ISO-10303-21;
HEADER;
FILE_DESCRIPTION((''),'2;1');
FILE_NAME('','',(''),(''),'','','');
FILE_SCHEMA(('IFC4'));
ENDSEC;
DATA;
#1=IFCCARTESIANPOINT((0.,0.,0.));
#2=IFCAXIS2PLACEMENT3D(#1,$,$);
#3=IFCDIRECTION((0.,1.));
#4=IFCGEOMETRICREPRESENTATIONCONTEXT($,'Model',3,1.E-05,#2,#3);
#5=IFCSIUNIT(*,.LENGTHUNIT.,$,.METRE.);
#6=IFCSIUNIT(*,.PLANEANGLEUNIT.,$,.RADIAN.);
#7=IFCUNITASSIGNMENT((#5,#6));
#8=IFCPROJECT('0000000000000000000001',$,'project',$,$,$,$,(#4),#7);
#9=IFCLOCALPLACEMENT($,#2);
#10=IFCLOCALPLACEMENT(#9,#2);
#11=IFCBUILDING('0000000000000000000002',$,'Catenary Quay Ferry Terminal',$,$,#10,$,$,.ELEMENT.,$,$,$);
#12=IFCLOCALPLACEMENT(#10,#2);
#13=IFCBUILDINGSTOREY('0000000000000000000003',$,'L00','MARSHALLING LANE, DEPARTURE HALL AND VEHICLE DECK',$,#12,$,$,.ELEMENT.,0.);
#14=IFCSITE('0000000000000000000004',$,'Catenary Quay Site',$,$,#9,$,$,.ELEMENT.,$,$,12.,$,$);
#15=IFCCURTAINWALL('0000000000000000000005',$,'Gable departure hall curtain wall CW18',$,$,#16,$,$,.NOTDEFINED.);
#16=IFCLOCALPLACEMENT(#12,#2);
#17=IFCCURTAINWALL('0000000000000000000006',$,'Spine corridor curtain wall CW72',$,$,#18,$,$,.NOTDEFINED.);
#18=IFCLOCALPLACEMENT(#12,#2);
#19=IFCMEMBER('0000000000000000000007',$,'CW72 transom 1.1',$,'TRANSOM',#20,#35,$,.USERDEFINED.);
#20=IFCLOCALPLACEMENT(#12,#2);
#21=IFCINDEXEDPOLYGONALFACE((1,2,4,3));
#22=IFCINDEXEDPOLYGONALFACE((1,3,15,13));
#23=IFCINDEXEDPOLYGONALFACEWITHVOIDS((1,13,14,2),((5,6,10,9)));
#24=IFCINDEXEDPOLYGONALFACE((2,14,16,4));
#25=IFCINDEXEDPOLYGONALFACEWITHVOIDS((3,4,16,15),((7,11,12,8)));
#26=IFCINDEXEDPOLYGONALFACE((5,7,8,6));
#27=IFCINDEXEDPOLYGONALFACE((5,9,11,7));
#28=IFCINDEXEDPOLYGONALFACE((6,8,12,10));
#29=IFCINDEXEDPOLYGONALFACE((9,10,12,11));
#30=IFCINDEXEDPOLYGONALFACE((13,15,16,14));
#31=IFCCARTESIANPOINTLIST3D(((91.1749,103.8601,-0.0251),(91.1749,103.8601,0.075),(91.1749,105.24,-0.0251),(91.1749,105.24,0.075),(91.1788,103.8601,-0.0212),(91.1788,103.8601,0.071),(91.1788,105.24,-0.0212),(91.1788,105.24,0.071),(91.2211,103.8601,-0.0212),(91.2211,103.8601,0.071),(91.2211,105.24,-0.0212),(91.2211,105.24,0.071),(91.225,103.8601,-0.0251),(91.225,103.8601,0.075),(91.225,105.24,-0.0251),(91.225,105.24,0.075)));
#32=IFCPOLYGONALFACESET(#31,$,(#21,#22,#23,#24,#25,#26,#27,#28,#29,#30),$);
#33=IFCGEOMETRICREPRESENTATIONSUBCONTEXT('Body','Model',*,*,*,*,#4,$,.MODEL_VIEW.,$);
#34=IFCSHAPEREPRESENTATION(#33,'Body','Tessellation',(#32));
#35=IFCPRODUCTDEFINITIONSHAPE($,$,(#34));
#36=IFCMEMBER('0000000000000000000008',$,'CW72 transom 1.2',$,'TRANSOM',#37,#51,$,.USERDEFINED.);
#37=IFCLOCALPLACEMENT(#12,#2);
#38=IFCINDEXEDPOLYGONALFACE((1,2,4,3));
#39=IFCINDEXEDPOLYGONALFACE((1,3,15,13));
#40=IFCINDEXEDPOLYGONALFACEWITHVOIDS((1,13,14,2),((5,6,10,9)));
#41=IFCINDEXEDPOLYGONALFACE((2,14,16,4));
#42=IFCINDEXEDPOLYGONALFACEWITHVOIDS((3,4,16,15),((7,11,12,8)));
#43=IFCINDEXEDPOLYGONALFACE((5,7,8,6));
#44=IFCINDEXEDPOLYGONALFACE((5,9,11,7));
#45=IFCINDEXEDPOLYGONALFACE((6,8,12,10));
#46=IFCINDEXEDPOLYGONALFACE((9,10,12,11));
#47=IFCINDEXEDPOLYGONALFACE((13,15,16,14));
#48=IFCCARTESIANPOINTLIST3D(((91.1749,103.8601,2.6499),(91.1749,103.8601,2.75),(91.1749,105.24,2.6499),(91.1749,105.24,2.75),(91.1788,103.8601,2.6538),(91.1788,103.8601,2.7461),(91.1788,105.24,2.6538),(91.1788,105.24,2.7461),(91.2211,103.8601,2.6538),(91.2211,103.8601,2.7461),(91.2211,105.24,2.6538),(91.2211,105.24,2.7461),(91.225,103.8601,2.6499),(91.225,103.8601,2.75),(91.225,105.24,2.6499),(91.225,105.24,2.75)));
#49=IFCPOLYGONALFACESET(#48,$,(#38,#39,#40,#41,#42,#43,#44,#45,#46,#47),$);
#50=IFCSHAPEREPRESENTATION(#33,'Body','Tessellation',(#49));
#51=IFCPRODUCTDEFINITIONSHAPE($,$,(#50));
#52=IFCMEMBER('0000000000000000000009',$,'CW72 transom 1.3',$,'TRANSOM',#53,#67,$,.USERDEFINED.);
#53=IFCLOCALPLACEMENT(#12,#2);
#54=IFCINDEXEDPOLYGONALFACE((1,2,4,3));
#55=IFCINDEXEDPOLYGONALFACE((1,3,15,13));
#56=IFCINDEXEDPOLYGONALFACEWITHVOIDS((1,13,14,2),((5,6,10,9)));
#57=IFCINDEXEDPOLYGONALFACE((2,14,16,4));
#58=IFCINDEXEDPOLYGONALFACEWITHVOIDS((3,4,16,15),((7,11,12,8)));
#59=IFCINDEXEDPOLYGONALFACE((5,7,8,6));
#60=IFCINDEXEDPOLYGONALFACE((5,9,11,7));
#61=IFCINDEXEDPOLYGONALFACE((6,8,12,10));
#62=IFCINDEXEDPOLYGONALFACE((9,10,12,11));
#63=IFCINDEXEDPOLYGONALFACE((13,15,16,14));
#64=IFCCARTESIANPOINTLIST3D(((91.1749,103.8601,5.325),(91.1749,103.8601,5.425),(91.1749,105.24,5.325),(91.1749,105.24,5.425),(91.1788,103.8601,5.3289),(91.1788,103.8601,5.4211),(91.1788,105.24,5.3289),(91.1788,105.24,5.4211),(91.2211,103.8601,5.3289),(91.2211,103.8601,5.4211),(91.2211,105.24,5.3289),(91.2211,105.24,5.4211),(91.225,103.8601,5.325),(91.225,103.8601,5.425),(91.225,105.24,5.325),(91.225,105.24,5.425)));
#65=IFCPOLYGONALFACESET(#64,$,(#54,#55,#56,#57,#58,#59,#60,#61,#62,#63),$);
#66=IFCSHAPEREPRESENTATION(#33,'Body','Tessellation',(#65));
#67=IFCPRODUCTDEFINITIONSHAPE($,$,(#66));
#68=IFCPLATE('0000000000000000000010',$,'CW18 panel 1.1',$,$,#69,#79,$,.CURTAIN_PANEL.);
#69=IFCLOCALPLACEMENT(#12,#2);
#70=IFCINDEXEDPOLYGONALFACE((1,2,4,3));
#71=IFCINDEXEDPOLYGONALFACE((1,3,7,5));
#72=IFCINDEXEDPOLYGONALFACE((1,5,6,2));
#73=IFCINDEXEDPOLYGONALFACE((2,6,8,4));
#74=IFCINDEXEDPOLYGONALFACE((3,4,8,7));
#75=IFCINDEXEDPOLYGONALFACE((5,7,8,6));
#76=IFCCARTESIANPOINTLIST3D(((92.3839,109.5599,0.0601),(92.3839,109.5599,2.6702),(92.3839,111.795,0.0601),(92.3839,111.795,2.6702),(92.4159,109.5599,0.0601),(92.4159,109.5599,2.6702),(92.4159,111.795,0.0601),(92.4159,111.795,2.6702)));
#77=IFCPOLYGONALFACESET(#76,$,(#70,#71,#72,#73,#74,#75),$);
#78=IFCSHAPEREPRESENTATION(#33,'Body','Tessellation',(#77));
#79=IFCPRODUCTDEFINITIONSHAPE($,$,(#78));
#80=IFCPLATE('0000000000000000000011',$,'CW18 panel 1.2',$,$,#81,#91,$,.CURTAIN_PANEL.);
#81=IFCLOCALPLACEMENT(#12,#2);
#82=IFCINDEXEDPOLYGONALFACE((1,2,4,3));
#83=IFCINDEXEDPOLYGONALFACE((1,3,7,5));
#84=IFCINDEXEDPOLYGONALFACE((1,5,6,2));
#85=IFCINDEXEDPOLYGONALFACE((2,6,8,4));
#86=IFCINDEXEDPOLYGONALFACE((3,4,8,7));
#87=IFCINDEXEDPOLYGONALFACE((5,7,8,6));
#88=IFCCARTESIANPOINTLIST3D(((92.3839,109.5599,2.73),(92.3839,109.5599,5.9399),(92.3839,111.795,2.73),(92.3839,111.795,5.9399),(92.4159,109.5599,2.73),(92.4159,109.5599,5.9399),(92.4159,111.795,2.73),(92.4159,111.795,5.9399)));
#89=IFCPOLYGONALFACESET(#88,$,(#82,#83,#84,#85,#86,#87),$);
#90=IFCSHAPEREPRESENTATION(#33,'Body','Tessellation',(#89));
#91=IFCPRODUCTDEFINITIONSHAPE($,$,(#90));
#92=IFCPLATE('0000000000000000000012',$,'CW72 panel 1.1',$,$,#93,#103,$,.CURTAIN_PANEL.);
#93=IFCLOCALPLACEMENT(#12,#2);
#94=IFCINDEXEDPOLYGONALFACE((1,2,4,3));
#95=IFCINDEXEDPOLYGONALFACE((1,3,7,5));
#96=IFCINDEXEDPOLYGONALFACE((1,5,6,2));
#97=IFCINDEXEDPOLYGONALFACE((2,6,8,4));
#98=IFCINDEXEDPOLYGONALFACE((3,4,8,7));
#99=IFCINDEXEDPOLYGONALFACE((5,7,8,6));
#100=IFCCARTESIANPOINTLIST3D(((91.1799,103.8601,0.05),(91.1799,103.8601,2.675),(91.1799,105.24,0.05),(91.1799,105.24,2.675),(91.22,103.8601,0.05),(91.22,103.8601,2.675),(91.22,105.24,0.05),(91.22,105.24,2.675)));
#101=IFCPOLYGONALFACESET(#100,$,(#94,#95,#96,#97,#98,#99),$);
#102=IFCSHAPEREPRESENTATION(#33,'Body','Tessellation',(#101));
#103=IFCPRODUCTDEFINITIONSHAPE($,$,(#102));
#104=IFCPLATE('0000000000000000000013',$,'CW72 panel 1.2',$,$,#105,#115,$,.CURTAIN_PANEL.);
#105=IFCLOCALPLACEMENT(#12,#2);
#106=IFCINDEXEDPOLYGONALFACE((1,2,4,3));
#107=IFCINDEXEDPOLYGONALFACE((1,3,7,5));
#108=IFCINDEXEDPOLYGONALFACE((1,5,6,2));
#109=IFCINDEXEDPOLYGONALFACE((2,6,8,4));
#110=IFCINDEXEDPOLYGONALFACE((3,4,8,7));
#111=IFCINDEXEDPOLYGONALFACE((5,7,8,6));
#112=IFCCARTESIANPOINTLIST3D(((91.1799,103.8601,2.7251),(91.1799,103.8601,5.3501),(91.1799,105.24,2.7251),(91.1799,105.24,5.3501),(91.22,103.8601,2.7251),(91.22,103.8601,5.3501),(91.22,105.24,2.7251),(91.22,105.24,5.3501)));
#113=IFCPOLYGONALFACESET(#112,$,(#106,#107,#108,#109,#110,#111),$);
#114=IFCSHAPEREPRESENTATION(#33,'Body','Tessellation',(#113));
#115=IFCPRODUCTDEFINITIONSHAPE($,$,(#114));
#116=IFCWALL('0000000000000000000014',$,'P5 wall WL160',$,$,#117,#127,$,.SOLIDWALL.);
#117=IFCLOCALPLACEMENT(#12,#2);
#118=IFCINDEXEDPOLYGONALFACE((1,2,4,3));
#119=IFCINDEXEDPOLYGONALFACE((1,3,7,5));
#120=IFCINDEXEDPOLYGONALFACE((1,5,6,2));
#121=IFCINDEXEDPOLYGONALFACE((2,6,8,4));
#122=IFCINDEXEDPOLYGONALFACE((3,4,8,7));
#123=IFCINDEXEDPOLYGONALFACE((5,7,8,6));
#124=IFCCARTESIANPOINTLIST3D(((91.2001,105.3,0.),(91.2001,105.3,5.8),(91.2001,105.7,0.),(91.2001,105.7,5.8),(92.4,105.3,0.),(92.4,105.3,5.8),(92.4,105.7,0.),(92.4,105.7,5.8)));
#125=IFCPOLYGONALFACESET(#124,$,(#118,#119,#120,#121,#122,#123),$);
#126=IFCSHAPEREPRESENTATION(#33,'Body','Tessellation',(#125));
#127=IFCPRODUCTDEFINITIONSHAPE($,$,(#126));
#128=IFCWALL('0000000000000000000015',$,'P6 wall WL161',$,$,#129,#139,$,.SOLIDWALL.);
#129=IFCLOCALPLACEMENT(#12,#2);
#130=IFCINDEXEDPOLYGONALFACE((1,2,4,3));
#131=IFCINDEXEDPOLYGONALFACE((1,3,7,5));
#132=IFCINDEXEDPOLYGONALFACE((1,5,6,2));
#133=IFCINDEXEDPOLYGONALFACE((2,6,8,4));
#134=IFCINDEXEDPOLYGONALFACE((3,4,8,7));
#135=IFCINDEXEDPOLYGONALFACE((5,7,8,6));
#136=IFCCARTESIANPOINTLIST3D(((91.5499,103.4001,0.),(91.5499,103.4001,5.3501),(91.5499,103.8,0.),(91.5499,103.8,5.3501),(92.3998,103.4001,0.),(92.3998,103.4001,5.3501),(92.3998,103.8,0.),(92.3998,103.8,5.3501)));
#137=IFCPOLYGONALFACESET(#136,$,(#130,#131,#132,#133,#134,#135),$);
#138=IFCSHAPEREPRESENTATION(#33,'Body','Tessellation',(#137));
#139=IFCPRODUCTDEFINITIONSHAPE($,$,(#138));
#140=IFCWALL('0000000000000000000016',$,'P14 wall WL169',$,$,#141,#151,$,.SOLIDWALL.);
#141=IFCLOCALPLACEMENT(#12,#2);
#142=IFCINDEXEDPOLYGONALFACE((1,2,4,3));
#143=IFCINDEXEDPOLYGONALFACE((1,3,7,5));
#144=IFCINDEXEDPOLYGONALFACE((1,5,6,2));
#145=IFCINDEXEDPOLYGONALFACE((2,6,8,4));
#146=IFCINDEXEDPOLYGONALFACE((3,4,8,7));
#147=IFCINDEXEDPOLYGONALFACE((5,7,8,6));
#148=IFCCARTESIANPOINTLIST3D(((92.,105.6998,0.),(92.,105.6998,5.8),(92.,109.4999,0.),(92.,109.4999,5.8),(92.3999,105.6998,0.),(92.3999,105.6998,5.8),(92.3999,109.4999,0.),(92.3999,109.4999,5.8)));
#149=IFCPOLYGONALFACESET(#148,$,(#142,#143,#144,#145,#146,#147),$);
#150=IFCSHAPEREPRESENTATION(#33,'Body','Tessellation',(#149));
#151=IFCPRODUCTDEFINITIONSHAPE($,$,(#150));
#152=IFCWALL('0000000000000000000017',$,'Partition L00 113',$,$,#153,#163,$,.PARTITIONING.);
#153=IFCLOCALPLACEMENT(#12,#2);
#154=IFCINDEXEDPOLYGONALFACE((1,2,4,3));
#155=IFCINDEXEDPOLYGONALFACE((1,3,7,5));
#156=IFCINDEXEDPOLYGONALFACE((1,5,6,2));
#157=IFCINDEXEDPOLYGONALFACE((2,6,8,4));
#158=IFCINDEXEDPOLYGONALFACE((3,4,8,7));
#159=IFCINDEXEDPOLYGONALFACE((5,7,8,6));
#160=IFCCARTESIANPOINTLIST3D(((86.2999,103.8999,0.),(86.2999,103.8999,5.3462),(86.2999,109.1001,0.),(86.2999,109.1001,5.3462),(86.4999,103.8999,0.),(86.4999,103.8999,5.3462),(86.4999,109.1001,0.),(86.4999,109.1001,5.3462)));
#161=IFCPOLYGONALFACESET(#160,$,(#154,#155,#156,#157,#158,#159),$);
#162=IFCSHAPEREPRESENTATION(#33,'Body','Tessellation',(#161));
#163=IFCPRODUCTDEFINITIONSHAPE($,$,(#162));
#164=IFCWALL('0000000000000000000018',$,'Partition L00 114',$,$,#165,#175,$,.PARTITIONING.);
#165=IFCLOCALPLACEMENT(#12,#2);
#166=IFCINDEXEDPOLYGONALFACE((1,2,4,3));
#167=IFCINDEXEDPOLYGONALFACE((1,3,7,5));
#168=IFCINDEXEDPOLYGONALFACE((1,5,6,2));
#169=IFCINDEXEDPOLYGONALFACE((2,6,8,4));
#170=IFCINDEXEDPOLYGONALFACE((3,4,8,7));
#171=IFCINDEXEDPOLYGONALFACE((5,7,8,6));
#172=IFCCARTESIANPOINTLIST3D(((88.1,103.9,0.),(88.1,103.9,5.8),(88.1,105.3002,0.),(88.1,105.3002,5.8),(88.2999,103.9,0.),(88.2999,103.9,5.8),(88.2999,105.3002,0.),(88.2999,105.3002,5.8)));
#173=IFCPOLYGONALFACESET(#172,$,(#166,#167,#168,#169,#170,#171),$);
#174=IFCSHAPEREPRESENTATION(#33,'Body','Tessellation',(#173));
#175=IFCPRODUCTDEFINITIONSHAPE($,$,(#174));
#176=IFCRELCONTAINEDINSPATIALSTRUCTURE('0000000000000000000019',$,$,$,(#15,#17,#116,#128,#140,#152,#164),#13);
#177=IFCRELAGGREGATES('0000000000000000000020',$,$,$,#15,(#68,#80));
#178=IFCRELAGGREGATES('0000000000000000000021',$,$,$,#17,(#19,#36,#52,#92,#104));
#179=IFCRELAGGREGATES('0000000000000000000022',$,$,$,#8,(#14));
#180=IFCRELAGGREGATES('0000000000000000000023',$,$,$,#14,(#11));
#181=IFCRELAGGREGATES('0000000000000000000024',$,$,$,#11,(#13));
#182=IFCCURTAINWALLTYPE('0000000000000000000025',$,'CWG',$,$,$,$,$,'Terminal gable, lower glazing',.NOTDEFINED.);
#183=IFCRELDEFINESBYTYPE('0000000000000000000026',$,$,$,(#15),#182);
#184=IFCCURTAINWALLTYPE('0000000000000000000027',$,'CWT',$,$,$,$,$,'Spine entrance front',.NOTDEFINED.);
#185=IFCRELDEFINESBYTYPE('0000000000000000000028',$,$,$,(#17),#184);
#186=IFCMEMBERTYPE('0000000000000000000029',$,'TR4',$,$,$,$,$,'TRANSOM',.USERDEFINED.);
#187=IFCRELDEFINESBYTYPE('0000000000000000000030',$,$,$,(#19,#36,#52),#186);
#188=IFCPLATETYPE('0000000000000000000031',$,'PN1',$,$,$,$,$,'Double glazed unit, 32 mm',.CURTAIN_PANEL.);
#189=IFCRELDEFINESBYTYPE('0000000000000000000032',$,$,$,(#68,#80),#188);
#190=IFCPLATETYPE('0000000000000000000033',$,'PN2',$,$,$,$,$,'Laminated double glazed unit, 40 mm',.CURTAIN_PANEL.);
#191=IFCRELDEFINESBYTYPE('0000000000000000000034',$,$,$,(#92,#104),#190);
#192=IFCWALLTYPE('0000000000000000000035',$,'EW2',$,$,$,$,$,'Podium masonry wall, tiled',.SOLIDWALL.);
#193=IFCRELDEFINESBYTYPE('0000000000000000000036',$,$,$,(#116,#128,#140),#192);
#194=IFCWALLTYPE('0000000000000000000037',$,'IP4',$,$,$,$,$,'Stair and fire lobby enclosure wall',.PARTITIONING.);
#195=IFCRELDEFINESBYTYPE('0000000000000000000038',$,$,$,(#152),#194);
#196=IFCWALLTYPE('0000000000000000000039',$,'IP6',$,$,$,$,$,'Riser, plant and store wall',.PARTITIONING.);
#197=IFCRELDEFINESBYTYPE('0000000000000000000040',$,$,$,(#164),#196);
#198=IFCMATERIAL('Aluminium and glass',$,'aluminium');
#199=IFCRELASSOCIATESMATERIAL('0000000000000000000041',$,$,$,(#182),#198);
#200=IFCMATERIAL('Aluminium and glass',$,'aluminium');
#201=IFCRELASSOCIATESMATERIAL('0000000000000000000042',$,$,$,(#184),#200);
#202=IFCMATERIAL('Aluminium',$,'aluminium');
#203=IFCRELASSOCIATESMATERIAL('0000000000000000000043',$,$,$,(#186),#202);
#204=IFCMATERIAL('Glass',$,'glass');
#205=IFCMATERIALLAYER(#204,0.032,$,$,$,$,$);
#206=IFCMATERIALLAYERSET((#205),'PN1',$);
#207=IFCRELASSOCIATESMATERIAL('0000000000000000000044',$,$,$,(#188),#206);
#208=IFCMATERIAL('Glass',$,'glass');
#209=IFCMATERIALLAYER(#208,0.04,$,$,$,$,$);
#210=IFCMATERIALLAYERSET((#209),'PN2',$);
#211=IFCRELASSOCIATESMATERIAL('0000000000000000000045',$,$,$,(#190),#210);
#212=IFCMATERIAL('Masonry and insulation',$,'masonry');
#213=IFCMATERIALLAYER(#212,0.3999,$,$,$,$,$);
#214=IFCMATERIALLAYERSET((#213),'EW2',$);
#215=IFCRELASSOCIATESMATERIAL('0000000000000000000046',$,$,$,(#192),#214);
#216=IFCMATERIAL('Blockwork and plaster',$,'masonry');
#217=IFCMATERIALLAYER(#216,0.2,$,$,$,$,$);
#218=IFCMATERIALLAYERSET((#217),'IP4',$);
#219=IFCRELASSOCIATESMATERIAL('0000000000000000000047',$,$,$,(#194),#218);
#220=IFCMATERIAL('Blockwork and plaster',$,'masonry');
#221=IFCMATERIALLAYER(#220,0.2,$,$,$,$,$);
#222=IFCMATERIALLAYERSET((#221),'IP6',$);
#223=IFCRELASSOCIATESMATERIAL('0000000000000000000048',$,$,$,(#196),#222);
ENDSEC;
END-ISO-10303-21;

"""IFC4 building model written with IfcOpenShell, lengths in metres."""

from ifc_helpers import new_model, si_unit, direction, frame, frame_2d, origin, origin_2d, place, context, subcontext, project, spatial, rectangle, hollow_rectangle, extrude, material, layer, layer_set, material_profile, profile_set, type_object, element, aggregate, save


model = new_model("IFC4")

# Units and contexts
model_context = context("Model", 3, precision=1e-05, world=origin(), true_north=direction((0.0, 1.0)))
body_context = subcontext(model_context, "Body", "Model", "MODEL_VIEW")
ifc_project = project(units=[si_unit("LENGTHUNIT", "METRE"), si_unit("PLANEANGLEUNIT", "RADIAN")], contexts=[model_context])

# Site, building, storey
site_placement = place(None, origin())
site = spatial("IfcSite", under=ifc_project, at=site_placement, Name="Catenary Quay Site", CompositionType="ELEMENT", RefElevation=12.0)
building_placement = place(site_placement, origin())
building = spatial("IfcBuilding", under=site, at=building_placement, Name="Catenary Quay Ferry Terminal", CompositionType="ELEMENT")
storey_placement = place(building_placement, origin())
storey = spatial("IfcBuildingStorey", under=building, at=storey_placement, Name="L00", Description="MARSHALLING LANE, DEPARTURE HALL AND VEHICLE DECK", CompositionType="ELEMENT", Elevation=0.0)

# Curtain wall
ifc_material_1 = material(Name="Aluminium and glass", Category="aluminium")
curtain_wall_type_1 = type_object("IfcCurtainWallType", Name="CWG", ElementType="Terminal gable, lower glazing", PredefinedType="NOTDEFINED", material=ifc_material_1)
curtain_wall_1_placement = place(storey_placement, origin())
curtain_wall_1 = element("IfcCurtainWall", 1, at=curtain_wall_1_placement, inside=storey, type_object=curtain_wall_type_1, Name="Gable departure hall curtain wall CW18", PredefinedType="NOTDEFINED")

# Curtain wall
ifc_material_2 = material(Name="Aluminium and glass", Category="aluminium")
curtain_wall_type_2 = type_object("IfcCurtainWallType", Name="CWT", ElementType="Spine entrance front", PredefinedType="NOTDEFINED", material=ifc_material_2)
curtain_wall_2_placement = place(storey_placement, origin())
curtain_wall_2 = element("IfcCurtainWall", 2, at=curtain_wall_2_placement, inside=storey, type_object=curtain_wall_type_2, Name="Spine corridor curtain wall CW72", PredefinedType="NOTDEFINED")

# Members
ifc_material_3 = material(Name="Aluminium", Category="aluminium")
ifc_material_profile_1 = material_profile(ifc_material_3, hollow_rectangle(XDim=0.05, YDim=0.1001, WallThickness=0.0039, at=origin_2d()), Name="TR4")
ifc_profile_set_1 = profile_set([ifc_material_profile_1], Name="Aluminium")
member_type_1 = type_object("IfcMemberType", Name="TR4", ElementType="TRANSOM", PredefinedType="USERDEFINED", material=ifc_profile_set_1)
member_1_placement = place(storey_placement, frame((91.2, 103.8601, 0.0249), z_axis=(0.0, 1.0, 0.0), x_axis=(-1.0, 0.0, 0.0)))
member_1 = element("IfcMember", 3, at=member_1_placement, type_object=member_type_1, Name="CW72 transom 1.1", ObjectType="TRANSOM", PredefinedType="USERDEFINED", context=body_context, shape_type="SweptSolid", body=[
    extrude(hollow_rectangle(XDim=0.05, YDim=0.1001, WallThickness=0.0039, at=origin_2d()), origin(), (0.0, 0.0, 1.0), 1.3799),
])
member_2_placement = place(storey_placement, frame((91.2, 103.8601, 2.7), z_axis=(0.0, 1.0, 0.0), x_axis=(-1.0, 0.0, 0.0)))
member_2 = element("IfcMember", 4, at=member_2_placement, type_object=member_type_1, Name="CW72 transom 1.2", ObjectType="TRANSOM", PredefinedType="USERDEFINED", context=body_context, shape_type="SweptSolid", body=[
    extrude(hollow_rectangle(XDim=0.05, YDim=0.1001, WallThickness=0.0039, at=origin_2d()), origin(), (0.0, 0.0, 1.0), 1.3799),
])
member_3_placement = place(storey_placement, frame((91.2, 103.8601, 5.375), z_axis=(0.0, 1.0, 0.0), x_axis=(-1.0, 0.0, 0.0)))
member_3 = element("IfcMember", 5, at=member_3_placement, type_object=member_type_1, Name="CW72 transom 1.3", ObjectType="TRANSOM", PredefinedType="USERDEFINED", context=body_context, shape_type="SweptSolid", body=[
    extrude(hollow_rectangle(XDim=0.05, YDim=0.1001, WallThickness=0.0039, at=origin_2d()), origin(), (0.0, 0.0, 1.0), 1.3799),
])

# Plates
ifc_material_4 = material(Name="Glass", Category="glass")
ifc_layer_1 = layer(ifc_material_4, 0.032)
ifc_layer_set_1 = layer_set([ifc_layer_1], Name="PN1")
plate_type_1 = type_object("IfcPlateType", Name="PN1", ElementType="Double glazed unit, 32 mm", PredefinedType="CURTAIN_PANEL", material=ifc_layer_set_1)
plate_1_placement = place(storey_placement, frame((92.3999, 110.6775, 0.0601), z_axis=(0.0, 0.0, 1.0), x_axis=(0.0, 1.0, 0.0)))
plate_1 = element("IfcPlate", 6, at=plate_1_placement, type_object=plate_type_1, Name="CW18 panel 1.1", PredefinedType="CURTAIN_PANEL", context=body_context, shape_type="SweptSolid", body=[
    extrude(rectangle(XDim=2.2351, YDim=0.032, at=origin_2d()), origin(), (0.0, 0.0, 1.0), 2.6101),
])
plate_2_placement = place(storey_placement, frame((92.3999, 110.6775, 2.73), z_axis=(0.0, 0.0, 1.0), x_axis=(0.0, 1.0, 0.0)))
plate_2 = element("IfcPlate", 7, at=plate_2_placement, type_object=plate_type_1, Name="CW18 panel 1.2", PredefinedType="CURTAIN_PANEL", context=body_context, shape_type="SweptSolid", body=[
    extrude(rectangle(XDim=2.2351, YDim=0.032, at=origin_2d()), origin(), (0.0, 0.0, 1.0), 3.21),
])
aggregate(curtain_wall_1, [plate_1, plate_2])
ifc_material_5 = material(Name="Glass", Category="glass")
ifc_layer_2 = layer(ifc_material_5, 0.04)
ifc_layer_set_2 = layer_set([ifc_layer_2], Name="PN2")
plate_type_2 = type_object("IfcPlateType", Name="PN2", ElementType="Laminated double glazed unit, 40 mm", PredefinedType="CURTAIN_PANEL", material=ifc_layer_set_2)
plate_3_placement = place(storey_placement, frame((91.2, 104.55, 0.05), z_axis=(0.0, 0.0, 1.0), x_axis=(0.0, 1.0, 0.0)))
plate_3 = element("IfcPlate", 8, at=plate_3_placement, type_object=plate_type_2, Name="CW72 panel 1.1", PredefinedType="CURTAIN_PANEL", context=body_context, shape_type="SweptSolid", body=[
    extrude(rectangle(XDim=1.3799, YDim=0.04, at=origin_2d()), origin(), (0.0, 0.0, 1.0), 2.625),
])
plate_4_placement = place(storey_placement, frame((91.2, 104.55, 2.7251), z_axis=(0.0, 0.0, 1.0), x_axis=(0.0, 1.0, 0.0)))
plate_4 = element("IfcPlate", 9, at=plate_4_placement, type_object=plate_type_2, Name="CW72 panel 1.2", PredefinedType="CURTAIN_PANEL", context=body_context, shape_type="SweptSolid", body=[
    extrude(rectangle(XDim=1.3799, YDim=0.04, at=origin_2d()), origin(), (0.0, 0.0, 1.0), 2.625),
])
aggregate(curtain_wall_2, [member_1, member_2, member_3, plate_3, plate_4])

# Walls
ifc_material_6 = material(Name="Masonry and insulation", Category="masonry")
ifc_layer_3 = layer(ifc_material_6, 0.3999)
ifc_layer_set_3 = layer_set([ifc_layer_3], Name="EW2")
wall_type_1 = type_object("IfcWallType", Name="EW2", ElementType="Podium masonry wall, tiled", PredefinedType="SOLIDWALL", material=ifc_layer_set_3)
wall_1_placement = place(storey_placement, frame((91.2, 105.5, 0.0), z_axis=(0.0, 0.0, 1.0), x_axis=(1.0, 0.0, 0.0)))
element("IfcWall", 10, at=wall_1_placement, inside=storey, type_object=wall_type_1, Name="P5 wall WL160", PredefinedType="SOLIDWALL", context=body_context, shape_type="SweptSolid", body=[
    extrude(rectangle(XDim=1.2, YDim=0.3999, at=frame_2d((0.6001, 0.0))), origin(), (0.0, 0.0, 1.0), 5.8),
])
wall_2_placement = place(storey_placement, frame((91.55, 103.6001, 0.0), z_axis=(0.0, 0.0, 1.0), x_axis=(1.0, 0.0, 0.0)))
element("IfcWall", 11, at=wall_2_placement, inside=storey, type_object=wall_type_1, Name="P6 wall WL161", PredefinedType="SOLIDWALL", context=body_context, shape_type="SweptSolid", body=[
    extrude(rectangle(XDim=0.8499, YDim=0.3999, at=frame_2d((0.4248, 0.0))), origin(), (0.0, 0.0, 1.0), 5.3501),
])
wall_3_placement = place(storey_placement, frame((92.2, 105.7, 0.0), z_axis=(0.0, 0.0, 1.0), x_axis=(0.0, 1.0, 0.0)))
element("IfcWall", 12, at=wall_3_placement, inside=storey, type_object=wall_type_1, Name="P14 wall WL169", PredefinedType="SOLIDWALL", context=body_context, shape_type="SweptSolid", body=[
    extrude(rectangle(XDim=3.8, YDim=0.3999, at=frame_2d((1.8999, 0.0))), origin(), (0.0, 0.0, 1.0), 5.8),
])

# Walls
ifc_material_7 = material(Name="Blockwork and plaster", Category="masonry")
ifc_layer_4 = layer(ifc_material_7, 0.2)
ifc_layer_set_4 = layer_set([ifc_layer_4], Name="IP4")
wall_type_2 = type_object("IfcWallType", Name="IP4", ElementType="Stair and fire lobby enclosure wall", PredefinedType="PARTITIONING", material=ifc_layer_set_4)
wall_4_placement = place(storey_placement, frame((86.3999, 103.8999, 0.0), z_axis=(0.0, 0.0, 1.0), x_axis=(0.0, 1.0, 0.0)))
element("IfcWall", 13, at=wall_4_placement, inside=storey, type_object=wall_type_2, Name="Partition L00 113", PredefinedType="PARTITIONING", context=body_context, shape_type="SweptSolid", body=[
    extrude(rectangle(XDim=5.2002, YDim=0.2, at=frame_2d((2.6001, 0.0))), origin(), (0.0, 0.0, 1.0), 5.3462),
])
ifc_material_8 = material(Name="Blockwork and plaster", Category="masonry")
ifc_layer_5 = layer(ifc_material_8, 0.2)
ifc_layer_set_5 = layer_set([ifc_layer_5], Name="IP6")
wall_type_3 = type_object("IfcWallType", Name="IP6", ElementType="Riser, plant and store wall", PredefinedType="PARTITIONING", material=ifc_layer_set_5)
wall_5_placement = place(storey_placement, frame((88.2, 103.8999, 0.0), z_axis=(0.0, 0.0, 1.0), x_axis=(0.0, 1.0, 0.0)))
element("IfcWall", 14, at=wall_5_placement, inside=storey, type_object=wall_type_3, Name="Partition L00 114", PredefinedType="PARTITIONING", context=body_context, shape_type="SweptSolid", body=[
    extrude(rectangle(XDim=1.4001, YDim=0.2, at=frame_2d((0.7002, 0.0))), origin(), (0.0, 0.0, 1.0), 5.8),
])

save(model, "model.ifc")
